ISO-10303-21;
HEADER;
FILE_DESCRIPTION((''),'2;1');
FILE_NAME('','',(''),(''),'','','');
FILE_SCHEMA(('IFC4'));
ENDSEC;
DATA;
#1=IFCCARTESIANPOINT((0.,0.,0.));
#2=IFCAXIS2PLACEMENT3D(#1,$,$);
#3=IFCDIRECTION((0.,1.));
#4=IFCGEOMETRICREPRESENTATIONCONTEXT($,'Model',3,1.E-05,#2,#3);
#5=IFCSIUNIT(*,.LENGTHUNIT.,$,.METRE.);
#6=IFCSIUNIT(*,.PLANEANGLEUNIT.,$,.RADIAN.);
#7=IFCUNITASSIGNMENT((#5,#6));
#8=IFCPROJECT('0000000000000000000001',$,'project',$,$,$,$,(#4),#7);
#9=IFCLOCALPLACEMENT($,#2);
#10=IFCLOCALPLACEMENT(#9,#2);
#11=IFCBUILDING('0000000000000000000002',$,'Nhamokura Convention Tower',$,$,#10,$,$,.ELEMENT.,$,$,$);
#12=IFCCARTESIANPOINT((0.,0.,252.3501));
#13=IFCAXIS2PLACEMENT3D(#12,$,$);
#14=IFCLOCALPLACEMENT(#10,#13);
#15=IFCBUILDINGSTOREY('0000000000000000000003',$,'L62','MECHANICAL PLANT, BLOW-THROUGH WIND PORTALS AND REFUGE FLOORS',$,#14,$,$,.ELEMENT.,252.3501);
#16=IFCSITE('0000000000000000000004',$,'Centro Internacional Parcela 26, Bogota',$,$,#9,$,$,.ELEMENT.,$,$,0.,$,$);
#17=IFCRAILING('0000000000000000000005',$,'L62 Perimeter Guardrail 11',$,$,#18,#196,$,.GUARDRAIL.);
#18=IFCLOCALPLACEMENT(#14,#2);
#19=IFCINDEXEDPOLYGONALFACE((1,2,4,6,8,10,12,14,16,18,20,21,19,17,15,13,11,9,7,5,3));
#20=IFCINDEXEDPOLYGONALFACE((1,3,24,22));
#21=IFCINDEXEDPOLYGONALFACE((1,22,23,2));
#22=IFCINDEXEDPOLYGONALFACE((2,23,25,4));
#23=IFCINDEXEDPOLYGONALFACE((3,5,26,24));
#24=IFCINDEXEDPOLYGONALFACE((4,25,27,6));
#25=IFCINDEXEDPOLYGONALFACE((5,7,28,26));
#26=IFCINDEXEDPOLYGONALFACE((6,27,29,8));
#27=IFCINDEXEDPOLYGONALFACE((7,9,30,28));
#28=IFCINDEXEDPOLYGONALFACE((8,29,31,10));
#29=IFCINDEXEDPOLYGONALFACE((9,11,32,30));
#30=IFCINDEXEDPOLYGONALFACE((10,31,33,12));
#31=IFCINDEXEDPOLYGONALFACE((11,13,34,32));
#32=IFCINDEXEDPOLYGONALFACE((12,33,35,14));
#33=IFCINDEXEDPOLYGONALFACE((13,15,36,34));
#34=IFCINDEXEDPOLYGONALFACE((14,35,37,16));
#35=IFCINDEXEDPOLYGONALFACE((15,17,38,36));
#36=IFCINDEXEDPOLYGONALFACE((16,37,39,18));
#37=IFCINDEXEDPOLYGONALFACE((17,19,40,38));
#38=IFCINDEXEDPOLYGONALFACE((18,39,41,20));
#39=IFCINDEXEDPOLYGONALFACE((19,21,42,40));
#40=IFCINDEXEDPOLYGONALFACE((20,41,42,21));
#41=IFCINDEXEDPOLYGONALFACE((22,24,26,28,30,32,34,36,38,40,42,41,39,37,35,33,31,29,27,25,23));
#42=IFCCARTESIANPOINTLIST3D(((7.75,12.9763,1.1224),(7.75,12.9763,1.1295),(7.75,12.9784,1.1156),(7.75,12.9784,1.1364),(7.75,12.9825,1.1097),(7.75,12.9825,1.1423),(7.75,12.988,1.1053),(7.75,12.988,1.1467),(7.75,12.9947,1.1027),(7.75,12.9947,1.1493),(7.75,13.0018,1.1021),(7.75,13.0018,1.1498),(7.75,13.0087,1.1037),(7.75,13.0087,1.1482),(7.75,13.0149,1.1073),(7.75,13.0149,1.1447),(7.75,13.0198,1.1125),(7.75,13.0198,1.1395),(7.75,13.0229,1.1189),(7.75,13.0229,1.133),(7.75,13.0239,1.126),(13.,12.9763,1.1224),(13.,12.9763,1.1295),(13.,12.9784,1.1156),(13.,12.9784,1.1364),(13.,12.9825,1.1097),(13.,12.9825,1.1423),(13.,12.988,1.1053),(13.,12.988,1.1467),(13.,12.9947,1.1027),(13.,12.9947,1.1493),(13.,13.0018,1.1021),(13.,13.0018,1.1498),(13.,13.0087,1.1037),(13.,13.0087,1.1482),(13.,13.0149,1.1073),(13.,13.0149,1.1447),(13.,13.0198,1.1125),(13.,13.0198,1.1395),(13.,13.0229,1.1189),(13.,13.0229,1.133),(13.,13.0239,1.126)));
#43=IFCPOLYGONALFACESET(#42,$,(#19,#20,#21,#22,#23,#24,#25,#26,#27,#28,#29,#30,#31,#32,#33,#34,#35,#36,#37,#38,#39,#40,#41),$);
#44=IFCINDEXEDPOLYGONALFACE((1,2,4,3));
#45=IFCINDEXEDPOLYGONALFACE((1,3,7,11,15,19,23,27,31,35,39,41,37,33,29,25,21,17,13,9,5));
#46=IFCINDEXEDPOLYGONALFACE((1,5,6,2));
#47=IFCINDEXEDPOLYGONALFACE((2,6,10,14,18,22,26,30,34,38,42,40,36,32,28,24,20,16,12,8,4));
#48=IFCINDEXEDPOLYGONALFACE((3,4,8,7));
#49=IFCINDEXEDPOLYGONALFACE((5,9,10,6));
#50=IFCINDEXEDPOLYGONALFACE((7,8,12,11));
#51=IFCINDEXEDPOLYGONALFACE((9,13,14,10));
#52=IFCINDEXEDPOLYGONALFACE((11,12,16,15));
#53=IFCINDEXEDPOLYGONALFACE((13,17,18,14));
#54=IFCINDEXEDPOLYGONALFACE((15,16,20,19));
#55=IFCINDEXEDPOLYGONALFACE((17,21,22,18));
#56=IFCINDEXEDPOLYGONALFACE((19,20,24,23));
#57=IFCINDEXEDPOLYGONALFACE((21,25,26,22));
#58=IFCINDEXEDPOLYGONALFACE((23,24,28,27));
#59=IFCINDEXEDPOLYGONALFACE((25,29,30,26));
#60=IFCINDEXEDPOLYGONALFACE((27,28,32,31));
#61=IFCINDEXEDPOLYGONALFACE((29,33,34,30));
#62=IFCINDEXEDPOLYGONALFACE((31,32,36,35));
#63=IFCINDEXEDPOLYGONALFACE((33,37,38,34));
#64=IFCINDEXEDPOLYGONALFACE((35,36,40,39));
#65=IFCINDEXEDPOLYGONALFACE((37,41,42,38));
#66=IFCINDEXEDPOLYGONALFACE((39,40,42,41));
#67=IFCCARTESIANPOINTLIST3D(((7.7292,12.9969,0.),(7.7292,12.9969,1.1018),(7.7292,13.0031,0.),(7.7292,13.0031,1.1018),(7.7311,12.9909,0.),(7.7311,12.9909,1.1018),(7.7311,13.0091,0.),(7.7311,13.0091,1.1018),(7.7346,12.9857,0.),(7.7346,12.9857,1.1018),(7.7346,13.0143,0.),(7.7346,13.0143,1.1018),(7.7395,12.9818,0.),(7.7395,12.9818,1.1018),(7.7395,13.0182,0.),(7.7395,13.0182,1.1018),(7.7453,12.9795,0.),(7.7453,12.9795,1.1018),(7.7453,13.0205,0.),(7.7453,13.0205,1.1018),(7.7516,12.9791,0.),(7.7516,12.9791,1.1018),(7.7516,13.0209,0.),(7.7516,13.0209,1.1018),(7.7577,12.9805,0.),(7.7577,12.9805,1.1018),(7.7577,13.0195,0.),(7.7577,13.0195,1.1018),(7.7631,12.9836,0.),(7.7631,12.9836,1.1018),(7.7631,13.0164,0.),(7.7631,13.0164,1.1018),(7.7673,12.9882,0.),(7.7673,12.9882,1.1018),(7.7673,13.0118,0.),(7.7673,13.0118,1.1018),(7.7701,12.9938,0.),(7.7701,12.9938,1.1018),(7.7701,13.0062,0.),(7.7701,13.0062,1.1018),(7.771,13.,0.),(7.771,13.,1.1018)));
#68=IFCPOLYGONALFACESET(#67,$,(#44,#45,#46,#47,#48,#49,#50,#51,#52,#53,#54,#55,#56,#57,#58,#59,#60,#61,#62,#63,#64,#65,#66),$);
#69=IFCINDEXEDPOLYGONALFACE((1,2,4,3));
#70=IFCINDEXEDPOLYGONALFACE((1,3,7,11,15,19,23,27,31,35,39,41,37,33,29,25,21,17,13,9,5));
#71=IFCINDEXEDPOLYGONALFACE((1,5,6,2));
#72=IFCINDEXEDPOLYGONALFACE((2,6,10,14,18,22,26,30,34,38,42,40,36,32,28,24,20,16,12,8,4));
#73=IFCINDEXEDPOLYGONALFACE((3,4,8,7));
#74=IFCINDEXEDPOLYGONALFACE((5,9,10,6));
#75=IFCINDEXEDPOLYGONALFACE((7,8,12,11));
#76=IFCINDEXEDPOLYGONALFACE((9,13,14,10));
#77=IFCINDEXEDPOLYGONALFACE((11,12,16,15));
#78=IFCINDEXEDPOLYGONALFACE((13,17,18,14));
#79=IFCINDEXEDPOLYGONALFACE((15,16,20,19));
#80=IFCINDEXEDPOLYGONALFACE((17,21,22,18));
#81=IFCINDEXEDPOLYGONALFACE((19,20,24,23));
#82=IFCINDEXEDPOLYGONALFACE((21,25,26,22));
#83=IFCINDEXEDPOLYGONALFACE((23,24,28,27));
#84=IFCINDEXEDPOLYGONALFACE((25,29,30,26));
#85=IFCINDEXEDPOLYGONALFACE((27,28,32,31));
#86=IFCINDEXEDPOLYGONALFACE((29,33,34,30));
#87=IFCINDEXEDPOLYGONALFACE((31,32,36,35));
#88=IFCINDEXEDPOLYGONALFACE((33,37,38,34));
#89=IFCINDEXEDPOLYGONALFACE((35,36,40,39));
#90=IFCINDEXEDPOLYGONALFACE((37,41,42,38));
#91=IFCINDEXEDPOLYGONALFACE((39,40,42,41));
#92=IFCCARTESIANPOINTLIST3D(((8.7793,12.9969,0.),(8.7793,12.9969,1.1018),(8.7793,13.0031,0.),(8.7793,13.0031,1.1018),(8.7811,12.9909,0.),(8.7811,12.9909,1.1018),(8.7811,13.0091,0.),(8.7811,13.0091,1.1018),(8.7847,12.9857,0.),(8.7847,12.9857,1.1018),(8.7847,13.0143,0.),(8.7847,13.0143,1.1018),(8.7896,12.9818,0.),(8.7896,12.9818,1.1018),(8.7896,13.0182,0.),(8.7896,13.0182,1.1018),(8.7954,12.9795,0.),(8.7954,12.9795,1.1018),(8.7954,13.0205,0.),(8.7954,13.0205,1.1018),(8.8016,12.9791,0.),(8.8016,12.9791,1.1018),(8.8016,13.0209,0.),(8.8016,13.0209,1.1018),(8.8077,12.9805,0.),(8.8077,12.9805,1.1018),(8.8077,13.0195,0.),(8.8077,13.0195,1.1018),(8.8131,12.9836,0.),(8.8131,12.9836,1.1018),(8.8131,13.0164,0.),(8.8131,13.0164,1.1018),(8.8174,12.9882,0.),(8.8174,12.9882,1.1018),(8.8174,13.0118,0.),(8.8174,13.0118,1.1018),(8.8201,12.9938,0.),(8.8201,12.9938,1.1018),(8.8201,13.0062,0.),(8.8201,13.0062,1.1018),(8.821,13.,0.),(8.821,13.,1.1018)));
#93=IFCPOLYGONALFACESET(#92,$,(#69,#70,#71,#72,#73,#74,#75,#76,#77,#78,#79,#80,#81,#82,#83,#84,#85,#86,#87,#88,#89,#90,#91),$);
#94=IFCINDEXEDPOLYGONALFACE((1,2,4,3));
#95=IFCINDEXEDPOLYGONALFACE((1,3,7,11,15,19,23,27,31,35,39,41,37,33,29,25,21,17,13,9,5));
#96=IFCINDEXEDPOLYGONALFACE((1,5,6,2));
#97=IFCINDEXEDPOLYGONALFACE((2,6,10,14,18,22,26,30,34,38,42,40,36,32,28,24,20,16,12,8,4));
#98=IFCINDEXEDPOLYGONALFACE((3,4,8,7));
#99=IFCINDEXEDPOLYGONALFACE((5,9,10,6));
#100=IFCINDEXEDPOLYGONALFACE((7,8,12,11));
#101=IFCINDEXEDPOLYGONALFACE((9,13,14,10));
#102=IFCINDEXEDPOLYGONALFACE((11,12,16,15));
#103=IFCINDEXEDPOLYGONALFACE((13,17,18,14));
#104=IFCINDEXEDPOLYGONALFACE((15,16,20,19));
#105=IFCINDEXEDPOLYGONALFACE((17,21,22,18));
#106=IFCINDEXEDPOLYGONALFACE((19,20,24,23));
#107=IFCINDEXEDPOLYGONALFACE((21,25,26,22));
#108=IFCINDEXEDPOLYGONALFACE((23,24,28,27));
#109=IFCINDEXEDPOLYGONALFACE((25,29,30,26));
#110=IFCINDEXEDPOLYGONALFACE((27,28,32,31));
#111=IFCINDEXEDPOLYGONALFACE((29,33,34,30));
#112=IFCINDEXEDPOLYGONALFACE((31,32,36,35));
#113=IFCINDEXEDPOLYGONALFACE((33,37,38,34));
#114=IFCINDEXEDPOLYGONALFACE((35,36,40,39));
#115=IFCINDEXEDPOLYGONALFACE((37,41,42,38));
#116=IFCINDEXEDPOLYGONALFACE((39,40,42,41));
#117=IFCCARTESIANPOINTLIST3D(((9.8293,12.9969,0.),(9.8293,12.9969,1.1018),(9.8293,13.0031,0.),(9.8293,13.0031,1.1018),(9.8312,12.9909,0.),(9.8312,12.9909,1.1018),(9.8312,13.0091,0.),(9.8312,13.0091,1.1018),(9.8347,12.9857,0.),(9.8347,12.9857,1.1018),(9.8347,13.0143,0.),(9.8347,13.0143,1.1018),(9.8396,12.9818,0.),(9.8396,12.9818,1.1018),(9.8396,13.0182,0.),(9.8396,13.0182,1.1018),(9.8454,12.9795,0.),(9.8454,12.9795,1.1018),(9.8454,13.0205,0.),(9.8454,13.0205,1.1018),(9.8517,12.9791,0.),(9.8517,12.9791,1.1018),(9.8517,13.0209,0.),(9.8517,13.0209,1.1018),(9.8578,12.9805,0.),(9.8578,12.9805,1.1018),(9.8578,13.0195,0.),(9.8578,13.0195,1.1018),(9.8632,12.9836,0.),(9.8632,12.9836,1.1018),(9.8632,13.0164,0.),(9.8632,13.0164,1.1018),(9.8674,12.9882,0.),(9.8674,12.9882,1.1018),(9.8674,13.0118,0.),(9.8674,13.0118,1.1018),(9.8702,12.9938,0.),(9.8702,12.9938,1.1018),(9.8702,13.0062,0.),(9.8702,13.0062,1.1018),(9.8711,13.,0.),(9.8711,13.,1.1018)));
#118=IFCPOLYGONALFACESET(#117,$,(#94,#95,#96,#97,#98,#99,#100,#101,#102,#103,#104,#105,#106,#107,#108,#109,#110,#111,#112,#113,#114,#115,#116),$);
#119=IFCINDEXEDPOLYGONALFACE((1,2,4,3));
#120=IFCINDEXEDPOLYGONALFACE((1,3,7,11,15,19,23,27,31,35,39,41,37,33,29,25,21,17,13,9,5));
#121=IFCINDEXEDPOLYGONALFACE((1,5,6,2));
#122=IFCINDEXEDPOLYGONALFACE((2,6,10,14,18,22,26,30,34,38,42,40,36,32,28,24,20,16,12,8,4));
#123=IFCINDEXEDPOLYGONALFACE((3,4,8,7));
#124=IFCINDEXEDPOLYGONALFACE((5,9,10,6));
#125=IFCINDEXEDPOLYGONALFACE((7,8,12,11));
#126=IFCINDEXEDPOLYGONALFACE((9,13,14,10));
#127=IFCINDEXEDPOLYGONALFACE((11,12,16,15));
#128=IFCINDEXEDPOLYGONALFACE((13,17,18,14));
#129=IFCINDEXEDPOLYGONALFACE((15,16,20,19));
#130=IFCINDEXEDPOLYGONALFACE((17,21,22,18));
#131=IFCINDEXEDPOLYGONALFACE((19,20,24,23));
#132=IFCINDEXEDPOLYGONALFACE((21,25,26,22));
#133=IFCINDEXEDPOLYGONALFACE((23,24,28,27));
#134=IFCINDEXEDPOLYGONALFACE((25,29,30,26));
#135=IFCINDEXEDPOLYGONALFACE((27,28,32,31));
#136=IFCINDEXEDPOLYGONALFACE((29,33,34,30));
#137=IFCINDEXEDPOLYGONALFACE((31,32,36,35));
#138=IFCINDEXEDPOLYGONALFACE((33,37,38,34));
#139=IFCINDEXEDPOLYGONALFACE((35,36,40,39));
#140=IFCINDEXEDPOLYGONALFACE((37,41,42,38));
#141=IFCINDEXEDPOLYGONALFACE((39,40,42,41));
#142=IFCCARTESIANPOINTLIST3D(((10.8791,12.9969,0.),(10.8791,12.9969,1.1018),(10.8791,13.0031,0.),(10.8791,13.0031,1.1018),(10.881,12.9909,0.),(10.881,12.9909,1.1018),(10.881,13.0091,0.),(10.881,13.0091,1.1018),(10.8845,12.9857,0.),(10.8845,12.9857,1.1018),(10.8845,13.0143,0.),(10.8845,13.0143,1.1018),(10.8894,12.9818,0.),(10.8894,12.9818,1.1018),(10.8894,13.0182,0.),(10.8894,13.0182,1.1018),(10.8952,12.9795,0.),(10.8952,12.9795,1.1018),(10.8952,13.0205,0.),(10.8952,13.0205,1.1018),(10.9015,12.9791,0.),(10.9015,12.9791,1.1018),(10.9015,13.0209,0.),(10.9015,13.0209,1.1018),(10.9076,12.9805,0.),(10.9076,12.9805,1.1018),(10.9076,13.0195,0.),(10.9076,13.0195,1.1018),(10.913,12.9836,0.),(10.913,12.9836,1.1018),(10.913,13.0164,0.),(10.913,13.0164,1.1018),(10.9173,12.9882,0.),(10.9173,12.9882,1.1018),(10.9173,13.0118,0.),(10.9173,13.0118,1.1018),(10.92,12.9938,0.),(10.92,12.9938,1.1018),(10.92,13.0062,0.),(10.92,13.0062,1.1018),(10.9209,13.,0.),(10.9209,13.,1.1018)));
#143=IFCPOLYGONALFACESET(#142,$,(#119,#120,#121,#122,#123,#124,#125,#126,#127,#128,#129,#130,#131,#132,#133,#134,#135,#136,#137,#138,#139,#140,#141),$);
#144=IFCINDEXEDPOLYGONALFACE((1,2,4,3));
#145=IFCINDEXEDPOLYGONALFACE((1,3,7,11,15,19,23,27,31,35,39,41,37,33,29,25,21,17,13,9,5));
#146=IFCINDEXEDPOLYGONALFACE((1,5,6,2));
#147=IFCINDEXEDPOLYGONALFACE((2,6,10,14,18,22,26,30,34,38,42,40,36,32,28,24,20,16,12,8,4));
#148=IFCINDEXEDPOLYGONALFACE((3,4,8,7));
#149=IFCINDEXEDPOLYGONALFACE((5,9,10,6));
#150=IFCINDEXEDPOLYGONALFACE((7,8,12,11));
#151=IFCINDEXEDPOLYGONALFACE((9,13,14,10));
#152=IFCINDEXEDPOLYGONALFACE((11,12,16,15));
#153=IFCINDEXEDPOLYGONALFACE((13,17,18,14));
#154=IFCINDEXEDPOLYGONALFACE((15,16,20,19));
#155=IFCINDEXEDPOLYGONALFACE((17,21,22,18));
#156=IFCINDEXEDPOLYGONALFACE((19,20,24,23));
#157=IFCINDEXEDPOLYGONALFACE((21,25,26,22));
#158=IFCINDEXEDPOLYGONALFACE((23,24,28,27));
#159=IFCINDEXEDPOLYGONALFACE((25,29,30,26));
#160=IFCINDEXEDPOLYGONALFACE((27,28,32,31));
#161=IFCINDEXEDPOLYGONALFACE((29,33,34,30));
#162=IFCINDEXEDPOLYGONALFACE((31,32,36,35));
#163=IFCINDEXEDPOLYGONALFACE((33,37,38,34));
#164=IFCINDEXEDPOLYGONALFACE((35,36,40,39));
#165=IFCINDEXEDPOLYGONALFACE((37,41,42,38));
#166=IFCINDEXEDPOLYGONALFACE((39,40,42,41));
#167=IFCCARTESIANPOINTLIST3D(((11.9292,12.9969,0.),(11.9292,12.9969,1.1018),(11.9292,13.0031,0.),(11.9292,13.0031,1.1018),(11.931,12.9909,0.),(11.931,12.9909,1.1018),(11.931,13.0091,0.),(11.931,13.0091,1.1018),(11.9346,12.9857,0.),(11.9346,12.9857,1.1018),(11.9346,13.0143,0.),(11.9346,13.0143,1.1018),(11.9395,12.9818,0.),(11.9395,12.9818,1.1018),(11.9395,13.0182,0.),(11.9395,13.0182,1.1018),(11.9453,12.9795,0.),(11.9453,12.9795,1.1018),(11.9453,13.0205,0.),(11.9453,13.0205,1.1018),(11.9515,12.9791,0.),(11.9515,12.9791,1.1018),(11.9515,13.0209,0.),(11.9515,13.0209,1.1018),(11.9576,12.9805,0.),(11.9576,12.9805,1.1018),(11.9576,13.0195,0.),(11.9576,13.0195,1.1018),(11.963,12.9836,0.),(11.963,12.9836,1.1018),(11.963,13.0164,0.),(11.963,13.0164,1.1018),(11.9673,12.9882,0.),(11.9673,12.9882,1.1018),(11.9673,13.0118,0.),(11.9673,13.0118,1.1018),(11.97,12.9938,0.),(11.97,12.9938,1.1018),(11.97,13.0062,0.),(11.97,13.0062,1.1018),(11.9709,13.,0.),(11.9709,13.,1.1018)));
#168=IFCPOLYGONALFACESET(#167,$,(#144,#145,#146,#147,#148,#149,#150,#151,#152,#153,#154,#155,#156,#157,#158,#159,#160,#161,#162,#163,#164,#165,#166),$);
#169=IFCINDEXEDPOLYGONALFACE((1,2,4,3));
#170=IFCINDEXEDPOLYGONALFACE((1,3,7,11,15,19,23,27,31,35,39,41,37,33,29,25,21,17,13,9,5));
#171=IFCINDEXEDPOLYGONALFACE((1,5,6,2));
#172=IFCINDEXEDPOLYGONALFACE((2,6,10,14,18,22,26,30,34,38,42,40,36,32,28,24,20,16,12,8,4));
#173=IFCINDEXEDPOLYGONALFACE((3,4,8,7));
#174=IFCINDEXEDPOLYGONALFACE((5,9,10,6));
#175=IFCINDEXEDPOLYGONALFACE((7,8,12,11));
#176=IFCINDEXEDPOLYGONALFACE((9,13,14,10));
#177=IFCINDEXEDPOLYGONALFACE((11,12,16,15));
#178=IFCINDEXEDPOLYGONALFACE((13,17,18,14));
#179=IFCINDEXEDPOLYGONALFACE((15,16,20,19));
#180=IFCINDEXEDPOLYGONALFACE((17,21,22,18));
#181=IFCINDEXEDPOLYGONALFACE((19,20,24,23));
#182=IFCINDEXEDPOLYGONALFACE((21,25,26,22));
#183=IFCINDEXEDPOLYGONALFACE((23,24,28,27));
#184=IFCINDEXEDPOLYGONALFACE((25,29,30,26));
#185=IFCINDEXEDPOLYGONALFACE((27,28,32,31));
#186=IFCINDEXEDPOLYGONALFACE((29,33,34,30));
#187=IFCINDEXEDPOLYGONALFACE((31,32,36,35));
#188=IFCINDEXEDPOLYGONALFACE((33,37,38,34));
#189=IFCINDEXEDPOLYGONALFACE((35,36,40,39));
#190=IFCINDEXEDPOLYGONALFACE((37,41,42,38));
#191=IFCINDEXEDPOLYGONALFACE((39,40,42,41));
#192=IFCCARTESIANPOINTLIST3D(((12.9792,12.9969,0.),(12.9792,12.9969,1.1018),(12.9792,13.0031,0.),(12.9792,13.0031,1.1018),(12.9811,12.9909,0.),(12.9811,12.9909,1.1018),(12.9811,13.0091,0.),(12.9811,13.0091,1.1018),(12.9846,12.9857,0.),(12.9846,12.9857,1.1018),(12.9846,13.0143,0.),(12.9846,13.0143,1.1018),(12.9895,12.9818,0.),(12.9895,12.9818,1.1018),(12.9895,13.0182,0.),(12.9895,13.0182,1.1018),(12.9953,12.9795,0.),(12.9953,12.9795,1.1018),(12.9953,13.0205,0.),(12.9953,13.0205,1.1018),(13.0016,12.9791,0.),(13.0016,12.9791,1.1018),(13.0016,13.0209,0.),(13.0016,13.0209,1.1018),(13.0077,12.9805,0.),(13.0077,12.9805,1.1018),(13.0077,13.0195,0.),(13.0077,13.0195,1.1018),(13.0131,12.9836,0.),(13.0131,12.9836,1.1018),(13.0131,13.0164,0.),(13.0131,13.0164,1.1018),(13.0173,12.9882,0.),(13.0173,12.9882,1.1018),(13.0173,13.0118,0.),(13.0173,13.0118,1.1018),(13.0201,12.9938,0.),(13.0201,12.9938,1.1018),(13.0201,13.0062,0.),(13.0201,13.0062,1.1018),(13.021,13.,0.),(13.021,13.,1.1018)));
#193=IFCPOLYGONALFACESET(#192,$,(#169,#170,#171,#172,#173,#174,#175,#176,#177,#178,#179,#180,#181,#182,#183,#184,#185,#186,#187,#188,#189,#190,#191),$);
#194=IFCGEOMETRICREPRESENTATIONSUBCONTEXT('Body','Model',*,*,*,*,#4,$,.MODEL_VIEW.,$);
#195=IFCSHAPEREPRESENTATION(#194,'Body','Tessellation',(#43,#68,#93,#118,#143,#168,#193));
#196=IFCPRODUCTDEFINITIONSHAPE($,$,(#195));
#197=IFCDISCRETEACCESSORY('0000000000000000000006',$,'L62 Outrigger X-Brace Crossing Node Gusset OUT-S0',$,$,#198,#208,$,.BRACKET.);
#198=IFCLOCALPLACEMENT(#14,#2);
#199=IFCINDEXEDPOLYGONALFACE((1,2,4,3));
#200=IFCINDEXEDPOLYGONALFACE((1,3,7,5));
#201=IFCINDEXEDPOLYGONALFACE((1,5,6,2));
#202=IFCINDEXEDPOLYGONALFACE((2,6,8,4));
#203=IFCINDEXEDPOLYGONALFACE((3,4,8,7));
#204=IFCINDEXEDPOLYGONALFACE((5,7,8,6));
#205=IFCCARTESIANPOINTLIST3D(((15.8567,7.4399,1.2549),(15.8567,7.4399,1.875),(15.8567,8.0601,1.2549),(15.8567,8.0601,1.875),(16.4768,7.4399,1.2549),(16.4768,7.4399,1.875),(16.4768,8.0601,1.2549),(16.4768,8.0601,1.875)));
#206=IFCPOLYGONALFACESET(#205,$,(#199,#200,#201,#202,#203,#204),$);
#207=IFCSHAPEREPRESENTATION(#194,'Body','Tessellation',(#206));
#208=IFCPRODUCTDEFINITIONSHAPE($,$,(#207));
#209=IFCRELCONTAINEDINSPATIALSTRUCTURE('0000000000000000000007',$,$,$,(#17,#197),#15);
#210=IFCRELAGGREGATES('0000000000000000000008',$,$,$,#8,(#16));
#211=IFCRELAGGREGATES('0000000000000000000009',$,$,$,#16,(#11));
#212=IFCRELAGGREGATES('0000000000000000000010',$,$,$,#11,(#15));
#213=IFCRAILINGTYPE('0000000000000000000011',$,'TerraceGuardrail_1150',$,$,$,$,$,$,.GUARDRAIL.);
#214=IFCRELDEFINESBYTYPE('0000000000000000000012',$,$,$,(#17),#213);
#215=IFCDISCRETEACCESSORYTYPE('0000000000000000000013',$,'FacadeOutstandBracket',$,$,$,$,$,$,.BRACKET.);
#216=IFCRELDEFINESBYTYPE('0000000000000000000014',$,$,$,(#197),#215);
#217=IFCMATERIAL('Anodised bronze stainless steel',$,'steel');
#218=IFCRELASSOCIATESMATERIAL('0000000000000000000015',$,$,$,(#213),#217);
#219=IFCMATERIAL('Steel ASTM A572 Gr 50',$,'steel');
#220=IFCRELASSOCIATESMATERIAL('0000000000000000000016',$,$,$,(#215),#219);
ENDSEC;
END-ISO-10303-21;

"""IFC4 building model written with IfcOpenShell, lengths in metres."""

from ifc_helpers import new_model, si_unit, direction, frame, origin, origin_2d, place, context, subcontext, project, spatial, rectangle, circle, extrude, material, type_object, element, save


model = new_model("IFC4")

# Units and contexts
model_context = context("Model", 3, precision=1e-05, world=origin(), true_north=direction((0.0, 1.0)))
body_context = subcontext(model_context, "Body", "Model", "MODEL_VIEW")
ifc_project = project(units=[si_unit("LENGTHUNIT", "METRE"), si_unit("PLANEANGLEUNIT", "RADIAN")], contexts=[model_context])

# Site, building, storey
site_placement = place(None, origin())
site = spatial("IfcSite", under=ifc_project, at=site_placement, Name="Centro Internacional Parcela 26, Bogota", CompositionType="ELEMENT", RefElevation=0.0)
building_placement = place(site_placement, origin())
building = spatial("IfcBuilding", under=site, at=building_placement, Name="Nhamokura Convention Tower", CompositionType="ELEMENT")
storey_placement = place(building_placement, frame((0.0, 0.0, 252.3501)))
storey = spatial("IfcBuildingStorey", under=building, at=storey_placement, Name="L62", Description="MECHANICAL PLANT, BLOW-THROUGH WIND PORTALS AND REFUGE FLOORS", CompositionType="ELEMENT", Elevation=252.3501)

# Railing
ifc_material_1 = material(Name="Anodised bronze stainless steel", Category="steel")
railing_type = type_object("IfcRailingType", Name="TerraceGuardrail_1150", PredefinedType="GUARDRAIL", material=ifc_material_1)
railing_1_placement = place(storey_placement, frame((7.75, 13.0, 0.0)))
element("IfcRailing", 1, at=railing_1_placement, inside=storey, type_object=railing_type, Name="L62 Perimeter Guardrail 11", PredefinedType="GUARDRAIL", context=body_context, shape_type="SweptSolid", body=[
    extrude(circle(Radius=0.0239, at=origin_2d()), frame((0.0, 0.0, 1.126), z_axis=(1.0, 0.0, 0.0), x_axis=(0.0, 1.0, 0.0)), (0.0, 0.0, 1.0), 5.25),
    extrude(circle(Radius=0.021, at=origin_2d()), origin(), (0.0, 0.0, 1.0), 1.1018),
    extrude(circle(Radius=0.021, at=origin_2d()), frame((1.05, 0.0, 0.0)), (0.0, 0.0, 1.0), 1.1018),
    extrude(circle(Radius=0.021, at=origin_2d()), frame((2.1001, 0.0, 0.0)), (0.0, 0.0, 1.0), 1.1018),
    extrude(circle(Radius=0.021, at=origin_2d()), frame((3.1499, 0.0, 0.0)), (0.0, 0.0, 1.0), 1.1018),
    extrude(circle(Radius=0.021, at=origin_2d()), frame((4.2, 0.0, 0.0)), (0.0, 0.0, 1.0), 1.1018),
    extrude(circle(Radius=0.021, at=origin_2d()), frame((5.25, 0.0, 0.0)), (0.0, 0.0, 1.0), 1.1018),
])

# Discrete accessory
ifc_material_2 = material(Name="Steel ASTM A572 Gr 50", Category="steel")
discrete_accessory_type = type_object("IfcDiscreteAccessoryType", Name="FacadeOutstandBracket", PredefinedType="BRACKET", material=ifc_material_2)
discrete_accessory_1_placement = place(storey_placement, frame((16.1667, 7.75, 1.2549), z_axis=(0.0, 0.0, 1.0), x_axis=(1.0, 0.0, 0.0)))
element("IfcDiscreteAccessory", 2, at=discrete_accessory_1_placement, inside=storey, type_object=discrete_accessory_type, Name="L62 Outrigger X-Brace Crossing Node Gusset OUT-S0", PredefinedType="BRACKET", context=body_context, shape_type="SweptSolid", body=[
    extrude(rectangle(XDim=0.6201, YDim=0.6201, at=origin_2d()), origin(), (0.0, 0.0, 1.0), 0.6201),
])

save(model, "model.ifc")
